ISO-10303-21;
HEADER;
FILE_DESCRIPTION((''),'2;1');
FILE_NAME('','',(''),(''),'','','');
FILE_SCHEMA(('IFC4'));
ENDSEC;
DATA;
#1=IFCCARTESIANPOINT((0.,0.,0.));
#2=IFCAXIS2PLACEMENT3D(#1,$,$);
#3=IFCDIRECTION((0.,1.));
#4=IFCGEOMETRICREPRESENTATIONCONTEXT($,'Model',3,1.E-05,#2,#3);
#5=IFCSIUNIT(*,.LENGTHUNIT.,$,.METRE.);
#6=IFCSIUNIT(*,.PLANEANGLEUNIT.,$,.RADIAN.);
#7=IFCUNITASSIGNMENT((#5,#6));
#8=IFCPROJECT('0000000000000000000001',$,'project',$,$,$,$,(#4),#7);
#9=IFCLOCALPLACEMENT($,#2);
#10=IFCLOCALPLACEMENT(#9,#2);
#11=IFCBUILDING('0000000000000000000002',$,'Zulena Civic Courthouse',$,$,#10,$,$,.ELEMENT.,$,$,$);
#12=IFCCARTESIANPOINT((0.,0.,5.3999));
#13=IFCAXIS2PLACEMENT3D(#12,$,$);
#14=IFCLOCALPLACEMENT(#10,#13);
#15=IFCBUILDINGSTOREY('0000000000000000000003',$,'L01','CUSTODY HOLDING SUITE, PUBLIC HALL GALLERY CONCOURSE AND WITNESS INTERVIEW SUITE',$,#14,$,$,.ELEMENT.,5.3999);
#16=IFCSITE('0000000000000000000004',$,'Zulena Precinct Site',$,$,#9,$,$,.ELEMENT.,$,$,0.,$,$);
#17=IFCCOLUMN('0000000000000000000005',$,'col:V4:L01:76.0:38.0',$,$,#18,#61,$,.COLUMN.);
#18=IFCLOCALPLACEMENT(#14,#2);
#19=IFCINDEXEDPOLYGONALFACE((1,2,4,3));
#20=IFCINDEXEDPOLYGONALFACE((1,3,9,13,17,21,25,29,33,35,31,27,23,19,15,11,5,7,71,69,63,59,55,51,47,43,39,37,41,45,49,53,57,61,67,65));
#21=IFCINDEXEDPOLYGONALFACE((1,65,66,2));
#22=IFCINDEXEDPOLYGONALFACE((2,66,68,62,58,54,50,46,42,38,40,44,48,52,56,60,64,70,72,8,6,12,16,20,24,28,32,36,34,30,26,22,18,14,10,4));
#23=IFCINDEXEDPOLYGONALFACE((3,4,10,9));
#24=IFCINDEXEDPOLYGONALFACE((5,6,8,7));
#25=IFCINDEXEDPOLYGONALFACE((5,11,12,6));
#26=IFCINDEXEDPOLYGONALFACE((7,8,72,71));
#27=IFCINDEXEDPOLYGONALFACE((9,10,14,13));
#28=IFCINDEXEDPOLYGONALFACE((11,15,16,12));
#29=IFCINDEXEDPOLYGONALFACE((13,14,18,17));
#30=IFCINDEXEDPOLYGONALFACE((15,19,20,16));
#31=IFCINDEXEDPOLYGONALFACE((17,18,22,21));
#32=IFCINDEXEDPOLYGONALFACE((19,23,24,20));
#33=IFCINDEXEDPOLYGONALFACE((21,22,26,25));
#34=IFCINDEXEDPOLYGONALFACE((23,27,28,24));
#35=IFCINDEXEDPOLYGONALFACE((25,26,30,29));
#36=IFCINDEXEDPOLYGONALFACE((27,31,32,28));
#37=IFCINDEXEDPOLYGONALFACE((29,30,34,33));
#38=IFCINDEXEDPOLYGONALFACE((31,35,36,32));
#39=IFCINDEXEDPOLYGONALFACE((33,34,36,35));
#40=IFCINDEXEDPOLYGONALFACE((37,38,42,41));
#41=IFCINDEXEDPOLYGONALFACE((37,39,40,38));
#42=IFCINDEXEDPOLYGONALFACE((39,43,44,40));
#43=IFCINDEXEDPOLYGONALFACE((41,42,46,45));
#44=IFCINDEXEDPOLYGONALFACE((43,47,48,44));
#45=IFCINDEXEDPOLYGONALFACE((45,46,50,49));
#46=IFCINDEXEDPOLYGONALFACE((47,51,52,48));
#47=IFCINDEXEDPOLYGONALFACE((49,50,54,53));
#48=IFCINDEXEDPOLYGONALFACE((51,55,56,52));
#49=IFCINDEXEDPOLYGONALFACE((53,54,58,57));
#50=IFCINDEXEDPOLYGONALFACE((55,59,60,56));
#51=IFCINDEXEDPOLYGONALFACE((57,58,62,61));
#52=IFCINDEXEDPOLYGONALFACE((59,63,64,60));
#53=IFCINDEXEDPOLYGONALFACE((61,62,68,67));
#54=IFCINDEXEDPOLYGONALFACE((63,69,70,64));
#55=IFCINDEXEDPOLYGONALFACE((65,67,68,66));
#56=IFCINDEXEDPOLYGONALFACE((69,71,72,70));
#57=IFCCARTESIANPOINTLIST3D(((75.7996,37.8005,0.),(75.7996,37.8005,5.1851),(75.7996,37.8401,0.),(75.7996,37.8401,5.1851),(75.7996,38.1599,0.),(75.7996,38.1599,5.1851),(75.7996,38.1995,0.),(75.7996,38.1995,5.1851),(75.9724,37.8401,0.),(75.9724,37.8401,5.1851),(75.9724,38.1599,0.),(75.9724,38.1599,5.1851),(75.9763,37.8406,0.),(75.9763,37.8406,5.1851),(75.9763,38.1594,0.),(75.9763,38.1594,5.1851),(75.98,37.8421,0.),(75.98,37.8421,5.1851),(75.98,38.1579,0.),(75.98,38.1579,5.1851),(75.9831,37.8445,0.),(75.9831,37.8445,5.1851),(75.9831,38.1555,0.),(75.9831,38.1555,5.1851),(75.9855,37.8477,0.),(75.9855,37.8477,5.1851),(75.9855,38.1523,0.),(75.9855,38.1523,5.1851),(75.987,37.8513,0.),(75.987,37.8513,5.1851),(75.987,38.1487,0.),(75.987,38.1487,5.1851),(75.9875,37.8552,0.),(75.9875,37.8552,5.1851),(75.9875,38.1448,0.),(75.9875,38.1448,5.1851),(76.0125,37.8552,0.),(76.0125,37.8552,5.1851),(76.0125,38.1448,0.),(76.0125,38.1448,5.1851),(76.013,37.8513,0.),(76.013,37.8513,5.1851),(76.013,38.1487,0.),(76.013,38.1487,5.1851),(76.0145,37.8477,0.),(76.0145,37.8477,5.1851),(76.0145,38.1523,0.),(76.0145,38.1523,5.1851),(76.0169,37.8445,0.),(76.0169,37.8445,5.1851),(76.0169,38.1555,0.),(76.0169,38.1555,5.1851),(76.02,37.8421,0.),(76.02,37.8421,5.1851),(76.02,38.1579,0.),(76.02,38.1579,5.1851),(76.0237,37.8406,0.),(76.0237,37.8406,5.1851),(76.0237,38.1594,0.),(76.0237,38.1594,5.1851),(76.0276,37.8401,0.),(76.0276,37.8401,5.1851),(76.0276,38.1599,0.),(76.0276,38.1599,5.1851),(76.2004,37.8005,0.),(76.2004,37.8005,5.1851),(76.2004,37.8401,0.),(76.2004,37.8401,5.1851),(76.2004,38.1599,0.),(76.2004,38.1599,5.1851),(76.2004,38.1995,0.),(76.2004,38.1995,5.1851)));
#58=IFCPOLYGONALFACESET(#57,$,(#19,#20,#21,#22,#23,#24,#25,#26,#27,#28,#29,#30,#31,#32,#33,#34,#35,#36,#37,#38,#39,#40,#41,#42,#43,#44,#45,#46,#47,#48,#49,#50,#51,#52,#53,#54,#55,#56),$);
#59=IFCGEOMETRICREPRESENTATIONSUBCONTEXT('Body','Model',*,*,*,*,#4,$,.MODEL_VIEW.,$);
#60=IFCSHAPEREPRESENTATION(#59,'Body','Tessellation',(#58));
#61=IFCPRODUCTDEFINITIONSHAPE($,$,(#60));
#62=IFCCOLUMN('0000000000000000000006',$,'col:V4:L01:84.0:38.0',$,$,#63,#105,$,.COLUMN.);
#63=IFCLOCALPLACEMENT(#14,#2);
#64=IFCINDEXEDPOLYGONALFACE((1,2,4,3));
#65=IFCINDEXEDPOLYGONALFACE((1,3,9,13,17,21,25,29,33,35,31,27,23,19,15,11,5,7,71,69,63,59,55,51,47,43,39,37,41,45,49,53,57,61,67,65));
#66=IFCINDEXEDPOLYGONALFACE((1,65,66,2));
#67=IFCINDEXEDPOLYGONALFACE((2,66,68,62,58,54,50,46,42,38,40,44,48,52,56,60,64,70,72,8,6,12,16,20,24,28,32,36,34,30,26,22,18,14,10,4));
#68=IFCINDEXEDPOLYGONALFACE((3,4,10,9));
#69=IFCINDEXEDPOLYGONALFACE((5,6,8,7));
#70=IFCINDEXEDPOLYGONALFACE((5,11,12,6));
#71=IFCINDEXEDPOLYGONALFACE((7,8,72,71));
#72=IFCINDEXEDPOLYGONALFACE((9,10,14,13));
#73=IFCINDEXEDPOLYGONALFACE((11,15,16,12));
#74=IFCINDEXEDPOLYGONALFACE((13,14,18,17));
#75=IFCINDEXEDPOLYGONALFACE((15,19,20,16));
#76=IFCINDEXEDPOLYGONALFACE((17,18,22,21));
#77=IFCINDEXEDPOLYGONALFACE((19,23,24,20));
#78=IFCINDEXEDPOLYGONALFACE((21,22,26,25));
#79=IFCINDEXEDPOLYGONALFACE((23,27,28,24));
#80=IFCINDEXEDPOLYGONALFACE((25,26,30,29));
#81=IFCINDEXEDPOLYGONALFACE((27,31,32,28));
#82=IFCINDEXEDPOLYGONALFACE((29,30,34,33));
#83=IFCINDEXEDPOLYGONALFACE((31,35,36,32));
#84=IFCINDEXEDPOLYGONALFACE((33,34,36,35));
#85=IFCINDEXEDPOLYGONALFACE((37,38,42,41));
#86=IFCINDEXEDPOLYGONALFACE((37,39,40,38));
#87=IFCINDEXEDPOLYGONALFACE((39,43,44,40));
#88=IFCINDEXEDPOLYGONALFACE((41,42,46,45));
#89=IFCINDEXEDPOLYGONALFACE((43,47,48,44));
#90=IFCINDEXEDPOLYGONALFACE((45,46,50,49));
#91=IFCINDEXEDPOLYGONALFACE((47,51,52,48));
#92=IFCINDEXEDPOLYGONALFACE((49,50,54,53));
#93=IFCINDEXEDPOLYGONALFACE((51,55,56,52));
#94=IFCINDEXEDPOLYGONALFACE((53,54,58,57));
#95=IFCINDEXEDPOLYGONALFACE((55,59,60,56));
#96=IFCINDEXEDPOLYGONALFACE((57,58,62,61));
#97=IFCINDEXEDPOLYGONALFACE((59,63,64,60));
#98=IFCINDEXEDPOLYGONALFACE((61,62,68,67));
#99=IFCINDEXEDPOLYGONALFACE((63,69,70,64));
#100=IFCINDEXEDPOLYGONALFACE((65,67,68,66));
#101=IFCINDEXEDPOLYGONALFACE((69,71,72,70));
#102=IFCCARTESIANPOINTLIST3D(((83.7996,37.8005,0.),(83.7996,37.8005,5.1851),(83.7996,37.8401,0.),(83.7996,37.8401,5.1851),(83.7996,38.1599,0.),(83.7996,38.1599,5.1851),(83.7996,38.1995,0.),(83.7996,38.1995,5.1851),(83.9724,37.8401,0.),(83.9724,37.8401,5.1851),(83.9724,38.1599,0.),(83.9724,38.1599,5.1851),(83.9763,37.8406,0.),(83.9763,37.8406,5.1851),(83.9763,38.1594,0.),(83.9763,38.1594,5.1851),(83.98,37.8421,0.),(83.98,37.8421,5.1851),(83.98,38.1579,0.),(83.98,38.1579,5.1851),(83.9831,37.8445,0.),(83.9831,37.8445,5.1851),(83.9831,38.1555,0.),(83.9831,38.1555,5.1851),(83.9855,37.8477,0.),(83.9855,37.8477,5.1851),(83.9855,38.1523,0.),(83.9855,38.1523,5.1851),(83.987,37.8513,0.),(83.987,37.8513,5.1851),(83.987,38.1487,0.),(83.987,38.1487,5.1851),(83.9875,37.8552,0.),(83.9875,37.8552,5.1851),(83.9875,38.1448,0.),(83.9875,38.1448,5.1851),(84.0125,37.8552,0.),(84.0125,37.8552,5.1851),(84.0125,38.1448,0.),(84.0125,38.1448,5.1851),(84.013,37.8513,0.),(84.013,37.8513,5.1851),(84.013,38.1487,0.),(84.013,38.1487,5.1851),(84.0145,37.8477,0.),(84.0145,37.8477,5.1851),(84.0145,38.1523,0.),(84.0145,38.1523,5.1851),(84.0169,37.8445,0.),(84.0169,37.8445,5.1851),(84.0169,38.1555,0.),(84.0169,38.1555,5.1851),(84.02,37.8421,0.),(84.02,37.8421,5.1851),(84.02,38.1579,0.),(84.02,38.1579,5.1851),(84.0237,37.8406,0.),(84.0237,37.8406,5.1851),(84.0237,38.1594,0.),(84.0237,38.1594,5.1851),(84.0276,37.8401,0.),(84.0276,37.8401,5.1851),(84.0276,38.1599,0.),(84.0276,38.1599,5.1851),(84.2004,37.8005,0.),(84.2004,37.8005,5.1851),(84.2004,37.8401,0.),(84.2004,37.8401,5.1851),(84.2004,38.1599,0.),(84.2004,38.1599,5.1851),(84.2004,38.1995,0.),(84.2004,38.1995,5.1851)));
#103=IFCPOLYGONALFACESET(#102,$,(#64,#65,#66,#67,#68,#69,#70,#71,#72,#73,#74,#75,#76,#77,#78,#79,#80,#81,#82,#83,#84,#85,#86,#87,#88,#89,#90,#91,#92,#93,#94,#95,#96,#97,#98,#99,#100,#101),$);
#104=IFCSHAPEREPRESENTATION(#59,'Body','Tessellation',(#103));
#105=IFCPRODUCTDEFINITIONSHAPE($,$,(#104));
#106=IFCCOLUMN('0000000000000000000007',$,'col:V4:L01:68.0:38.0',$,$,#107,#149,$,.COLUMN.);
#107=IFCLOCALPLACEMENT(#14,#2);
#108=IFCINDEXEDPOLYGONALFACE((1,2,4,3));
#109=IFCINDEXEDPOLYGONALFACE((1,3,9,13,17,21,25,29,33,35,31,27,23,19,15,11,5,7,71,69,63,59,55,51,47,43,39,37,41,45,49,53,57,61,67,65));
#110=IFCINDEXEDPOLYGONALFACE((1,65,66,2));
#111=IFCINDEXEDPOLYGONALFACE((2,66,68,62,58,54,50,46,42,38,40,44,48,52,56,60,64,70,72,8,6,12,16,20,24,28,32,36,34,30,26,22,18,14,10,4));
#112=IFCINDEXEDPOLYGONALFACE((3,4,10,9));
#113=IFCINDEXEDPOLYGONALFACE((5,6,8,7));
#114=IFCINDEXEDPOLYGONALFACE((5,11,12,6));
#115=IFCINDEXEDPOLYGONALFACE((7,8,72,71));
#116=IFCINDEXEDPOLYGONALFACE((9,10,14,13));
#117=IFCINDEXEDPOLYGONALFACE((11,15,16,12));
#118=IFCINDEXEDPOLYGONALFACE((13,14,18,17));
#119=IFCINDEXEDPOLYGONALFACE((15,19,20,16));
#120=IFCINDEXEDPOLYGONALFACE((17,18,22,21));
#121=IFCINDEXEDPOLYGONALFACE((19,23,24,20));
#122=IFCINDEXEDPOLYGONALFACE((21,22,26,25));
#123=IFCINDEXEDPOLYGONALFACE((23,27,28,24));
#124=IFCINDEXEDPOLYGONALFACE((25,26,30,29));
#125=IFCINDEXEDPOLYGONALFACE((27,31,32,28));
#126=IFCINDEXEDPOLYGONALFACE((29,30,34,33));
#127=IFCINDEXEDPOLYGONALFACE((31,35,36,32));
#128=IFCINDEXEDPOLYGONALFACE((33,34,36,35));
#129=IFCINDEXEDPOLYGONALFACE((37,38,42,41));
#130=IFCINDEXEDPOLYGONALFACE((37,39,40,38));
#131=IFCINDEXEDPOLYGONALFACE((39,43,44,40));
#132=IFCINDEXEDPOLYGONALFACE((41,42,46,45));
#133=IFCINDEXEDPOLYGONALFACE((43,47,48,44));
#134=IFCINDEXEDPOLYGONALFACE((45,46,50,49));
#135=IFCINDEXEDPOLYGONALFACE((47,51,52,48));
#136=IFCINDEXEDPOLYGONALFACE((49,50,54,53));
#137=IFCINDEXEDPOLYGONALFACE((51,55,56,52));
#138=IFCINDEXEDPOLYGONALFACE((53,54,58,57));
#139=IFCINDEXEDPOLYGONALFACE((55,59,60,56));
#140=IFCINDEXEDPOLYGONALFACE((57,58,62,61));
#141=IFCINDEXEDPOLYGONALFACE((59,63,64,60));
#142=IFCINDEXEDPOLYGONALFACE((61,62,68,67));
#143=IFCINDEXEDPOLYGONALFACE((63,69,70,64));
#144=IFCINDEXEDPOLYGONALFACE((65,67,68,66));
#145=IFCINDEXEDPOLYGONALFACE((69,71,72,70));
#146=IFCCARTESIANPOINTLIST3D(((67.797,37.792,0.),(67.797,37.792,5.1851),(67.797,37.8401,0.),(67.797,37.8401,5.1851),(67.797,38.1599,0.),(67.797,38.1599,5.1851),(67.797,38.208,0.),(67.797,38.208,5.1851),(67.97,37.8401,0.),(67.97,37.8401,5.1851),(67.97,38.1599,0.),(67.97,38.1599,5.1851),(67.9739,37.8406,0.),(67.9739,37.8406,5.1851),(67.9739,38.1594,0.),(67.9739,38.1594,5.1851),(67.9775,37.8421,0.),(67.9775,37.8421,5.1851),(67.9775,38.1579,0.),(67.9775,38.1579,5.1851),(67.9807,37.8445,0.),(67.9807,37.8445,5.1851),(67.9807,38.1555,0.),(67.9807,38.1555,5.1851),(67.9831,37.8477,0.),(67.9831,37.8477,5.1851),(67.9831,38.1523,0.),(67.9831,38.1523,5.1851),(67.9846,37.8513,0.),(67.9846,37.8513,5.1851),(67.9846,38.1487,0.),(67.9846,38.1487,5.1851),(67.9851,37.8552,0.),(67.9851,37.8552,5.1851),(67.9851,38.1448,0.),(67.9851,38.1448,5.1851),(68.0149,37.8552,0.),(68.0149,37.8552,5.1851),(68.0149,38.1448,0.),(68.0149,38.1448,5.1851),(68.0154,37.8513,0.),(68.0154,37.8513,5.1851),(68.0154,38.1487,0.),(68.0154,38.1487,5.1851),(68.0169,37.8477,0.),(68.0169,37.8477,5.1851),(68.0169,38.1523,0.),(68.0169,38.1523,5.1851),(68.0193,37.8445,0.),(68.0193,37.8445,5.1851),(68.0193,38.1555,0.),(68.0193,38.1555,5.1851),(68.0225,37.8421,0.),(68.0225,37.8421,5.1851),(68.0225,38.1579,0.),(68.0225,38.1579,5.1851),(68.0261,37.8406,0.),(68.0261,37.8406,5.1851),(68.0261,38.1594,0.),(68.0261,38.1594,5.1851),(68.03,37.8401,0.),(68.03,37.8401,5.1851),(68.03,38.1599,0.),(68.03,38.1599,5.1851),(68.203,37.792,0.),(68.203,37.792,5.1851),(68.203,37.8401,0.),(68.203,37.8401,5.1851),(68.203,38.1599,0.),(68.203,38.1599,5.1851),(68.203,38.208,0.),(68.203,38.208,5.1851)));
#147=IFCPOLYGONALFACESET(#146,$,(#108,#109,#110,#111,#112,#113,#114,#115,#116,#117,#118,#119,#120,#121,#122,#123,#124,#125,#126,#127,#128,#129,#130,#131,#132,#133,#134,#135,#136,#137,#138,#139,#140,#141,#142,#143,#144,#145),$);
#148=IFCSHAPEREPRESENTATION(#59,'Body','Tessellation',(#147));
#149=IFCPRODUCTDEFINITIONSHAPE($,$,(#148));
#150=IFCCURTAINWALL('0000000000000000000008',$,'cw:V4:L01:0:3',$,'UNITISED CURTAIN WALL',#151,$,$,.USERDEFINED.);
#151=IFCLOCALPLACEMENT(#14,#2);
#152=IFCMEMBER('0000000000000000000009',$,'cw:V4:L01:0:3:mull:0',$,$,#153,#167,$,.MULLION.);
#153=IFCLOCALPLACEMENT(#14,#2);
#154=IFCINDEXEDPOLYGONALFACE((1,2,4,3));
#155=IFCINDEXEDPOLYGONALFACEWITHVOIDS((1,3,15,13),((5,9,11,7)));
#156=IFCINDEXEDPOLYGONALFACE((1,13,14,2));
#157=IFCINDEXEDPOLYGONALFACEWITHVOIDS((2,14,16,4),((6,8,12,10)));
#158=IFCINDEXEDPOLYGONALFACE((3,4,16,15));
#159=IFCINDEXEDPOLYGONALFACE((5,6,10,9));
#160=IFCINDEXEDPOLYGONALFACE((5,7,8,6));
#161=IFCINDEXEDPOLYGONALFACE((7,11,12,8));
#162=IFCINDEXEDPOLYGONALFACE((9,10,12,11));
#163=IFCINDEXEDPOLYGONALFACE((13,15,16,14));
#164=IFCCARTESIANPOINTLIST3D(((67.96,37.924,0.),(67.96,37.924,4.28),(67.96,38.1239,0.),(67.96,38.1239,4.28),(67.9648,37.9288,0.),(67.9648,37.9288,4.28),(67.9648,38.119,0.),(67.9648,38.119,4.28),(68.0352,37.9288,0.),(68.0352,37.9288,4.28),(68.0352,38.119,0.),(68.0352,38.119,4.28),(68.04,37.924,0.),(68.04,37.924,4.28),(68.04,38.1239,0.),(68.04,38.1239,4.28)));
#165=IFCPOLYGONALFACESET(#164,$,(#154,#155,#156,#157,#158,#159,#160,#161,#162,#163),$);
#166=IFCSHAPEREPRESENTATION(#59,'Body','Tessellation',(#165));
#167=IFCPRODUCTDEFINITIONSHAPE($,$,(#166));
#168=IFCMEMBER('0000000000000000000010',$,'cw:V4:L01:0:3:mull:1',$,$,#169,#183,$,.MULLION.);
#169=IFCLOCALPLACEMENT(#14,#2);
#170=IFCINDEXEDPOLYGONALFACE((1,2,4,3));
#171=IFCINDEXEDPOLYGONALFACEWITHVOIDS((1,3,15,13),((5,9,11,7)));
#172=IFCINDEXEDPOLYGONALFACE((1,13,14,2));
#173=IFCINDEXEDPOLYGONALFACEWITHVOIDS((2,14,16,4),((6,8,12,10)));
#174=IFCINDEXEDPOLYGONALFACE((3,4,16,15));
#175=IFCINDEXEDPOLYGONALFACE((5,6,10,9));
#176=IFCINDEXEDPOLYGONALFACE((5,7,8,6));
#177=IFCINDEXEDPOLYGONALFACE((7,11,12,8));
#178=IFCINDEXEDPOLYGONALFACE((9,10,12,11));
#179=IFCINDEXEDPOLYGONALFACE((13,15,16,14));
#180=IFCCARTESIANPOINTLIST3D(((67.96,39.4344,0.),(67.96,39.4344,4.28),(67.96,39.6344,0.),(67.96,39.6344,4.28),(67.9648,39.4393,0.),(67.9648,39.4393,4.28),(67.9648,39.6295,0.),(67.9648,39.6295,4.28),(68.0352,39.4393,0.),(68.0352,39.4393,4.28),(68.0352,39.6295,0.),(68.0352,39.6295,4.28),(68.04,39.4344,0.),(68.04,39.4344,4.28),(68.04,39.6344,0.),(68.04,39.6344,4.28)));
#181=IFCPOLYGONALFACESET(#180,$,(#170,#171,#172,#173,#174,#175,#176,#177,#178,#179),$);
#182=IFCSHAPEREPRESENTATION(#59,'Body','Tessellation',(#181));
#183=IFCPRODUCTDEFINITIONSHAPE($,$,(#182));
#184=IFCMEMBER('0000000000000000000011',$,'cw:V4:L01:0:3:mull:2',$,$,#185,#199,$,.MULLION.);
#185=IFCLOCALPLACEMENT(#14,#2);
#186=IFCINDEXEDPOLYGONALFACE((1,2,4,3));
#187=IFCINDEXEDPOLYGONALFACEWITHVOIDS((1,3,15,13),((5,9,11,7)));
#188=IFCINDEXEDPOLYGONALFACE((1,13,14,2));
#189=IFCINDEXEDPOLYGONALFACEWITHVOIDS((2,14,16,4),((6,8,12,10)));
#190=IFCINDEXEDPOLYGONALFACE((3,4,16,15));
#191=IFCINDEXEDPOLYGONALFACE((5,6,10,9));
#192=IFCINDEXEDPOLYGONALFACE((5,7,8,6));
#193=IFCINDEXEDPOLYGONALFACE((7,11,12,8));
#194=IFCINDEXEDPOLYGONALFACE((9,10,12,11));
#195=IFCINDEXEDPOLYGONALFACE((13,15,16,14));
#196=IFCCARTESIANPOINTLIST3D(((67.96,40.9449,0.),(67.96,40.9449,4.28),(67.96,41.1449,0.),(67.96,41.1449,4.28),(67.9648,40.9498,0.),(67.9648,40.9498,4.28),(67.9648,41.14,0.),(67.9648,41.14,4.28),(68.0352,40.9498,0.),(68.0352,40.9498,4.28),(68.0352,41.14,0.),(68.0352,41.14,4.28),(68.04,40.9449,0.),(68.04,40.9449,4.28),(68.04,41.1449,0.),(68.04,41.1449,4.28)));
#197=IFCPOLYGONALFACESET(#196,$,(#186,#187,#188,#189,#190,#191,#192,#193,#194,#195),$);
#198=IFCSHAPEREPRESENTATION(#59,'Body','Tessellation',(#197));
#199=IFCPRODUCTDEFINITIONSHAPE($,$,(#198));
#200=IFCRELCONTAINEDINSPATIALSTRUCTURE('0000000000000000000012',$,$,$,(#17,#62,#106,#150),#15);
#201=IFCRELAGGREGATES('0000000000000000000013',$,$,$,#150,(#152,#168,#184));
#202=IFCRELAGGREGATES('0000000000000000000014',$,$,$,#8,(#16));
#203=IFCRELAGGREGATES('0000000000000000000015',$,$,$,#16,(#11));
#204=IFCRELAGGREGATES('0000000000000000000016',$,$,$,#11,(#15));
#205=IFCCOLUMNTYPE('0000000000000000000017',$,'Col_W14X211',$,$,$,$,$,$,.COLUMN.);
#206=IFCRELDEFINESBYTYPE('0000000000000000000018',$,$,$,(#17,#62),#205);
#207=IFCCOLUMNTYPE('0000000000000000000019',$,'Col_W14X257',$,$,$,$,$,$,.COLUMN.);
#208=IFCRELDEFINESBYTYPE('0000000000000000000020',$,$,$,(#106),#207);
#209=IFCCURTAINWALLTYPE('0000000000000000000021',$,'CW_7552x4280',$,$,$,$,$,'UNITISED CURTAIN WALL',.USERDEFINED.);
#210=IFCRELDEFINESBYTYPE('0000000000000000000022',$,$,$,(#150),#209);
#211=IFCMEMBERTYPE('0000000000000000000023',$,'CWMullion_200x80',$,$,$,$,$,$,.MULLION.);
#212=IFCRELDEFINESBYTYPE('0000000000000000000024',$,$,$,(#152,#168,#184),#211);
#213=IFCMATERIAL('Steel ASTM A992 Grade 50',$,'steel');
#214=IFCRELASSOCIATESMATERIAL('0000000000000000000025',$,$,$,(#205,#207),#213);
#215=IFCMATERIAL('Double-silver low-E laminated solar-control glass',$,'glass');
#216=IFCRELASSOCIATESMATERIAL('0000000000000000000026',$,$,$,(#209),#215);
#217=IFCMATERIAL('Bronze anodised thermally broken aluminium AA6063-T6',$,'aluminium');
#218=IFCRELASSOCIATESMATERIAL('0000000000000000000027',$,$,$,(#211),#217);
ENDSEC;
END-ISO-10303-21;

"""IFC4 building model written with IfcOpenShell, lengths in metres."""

from ifc_helpers import new_model, si_unit, direction, frame, origin, origin_2d, place, context, subcontext, project, spatial, hollow_rectangle, i_section, extrude, material, material_profile, profile_set, type_object, element, aggregate, save


model = new_model("IFC4")

# Units and contexts
model_context = context("Model", 3, precision=1e-05, world=origin(), true_north=direction((0.0, 1.0)))
body_context = subcontext(model_context, "Body", "Model", "MODEL_VIEW")
ifc_project = project(units=[si_unit("LENGTHUNIT", "METRE"), si_unit("PLANEANGLEUNIT", "RADIAN")], contexts=[model_context])

# Site, building, storey
site_placement = place(None, origin())
site = spatial("IfcSite", under=ifc_project, at=site_placement, Name="Zulena Precinct Site", CompositionType="ELEMENT", RefElevation=0.0)
building_placement = place(site_placement, origin())
building = spatial("IfcBuilding", under=site, at=building_placement, Name="Zulena Civic Courthouse", CompositionType="ELEMENT")
storey_placement = place(building_placement, frame((0.0, 0.0, 5.3999)))
storey = spatial("IfcBuildingStorey", under=building, at=storey_placement, Name="L01", Description="CUSTODY HOLDING SUITE, PUBLIC HALL GALLERY CONCOURSE AND WITNESS INTERVIEW SUITE", CompositionType="ELEMENT", Elevation=5.3999)

# Columns
ifc_material_1 = material(Name="Steel ASTM A992 Grade 50", Category="steel")
ifc_material_profile_1 = material_profile(ifc_material_1, i_section(OverallWidth=0.4009, OverallDepth=0.3989, WebThickness=0.0249, FlangeThickness=0.0396, FilletRadius=0.0151, at=origin_2d()), Name="W14X211")
ifc_profile_set_1 = profile_set([ifc_material_profile_1], Name="Steel ASTM A992 Grade 50")
column_type_1 = type_object("IfcColumnType", Name="Col_W14X211", PredefinedType="COLUMN", material=ifc_profile_set_1)
for number, where, z_axis, x_axis, name in (
    (1, (76.0, 38.0, 0.0), (0.0, 0.0, 1.0), (1.0, 0.0, 0.0), "col:V4:L01:76.0:38.0"),
    (2, (84.0, 38.0, 0.0), (0.0, 0.0, 1.0), (1.0, 0.0, 0.0), "col:V4:L01:84.0:38.0"),
):
    element("IfcColumn", number, at=place(storey_placement, frame(where, z_axis=z_axis, x_axis=x_axis)), inside=storey, type_object=column_type_1, Name=name, PredefinedType="COLUMN", context=body_context, shape_type="SweptSolid", body=[
        extrude(i_section(OverallWidth=0.4009, OverallDepth=0.3989, WebThickness=0.0249, FlangeThickness=0.0396, FilletRadius=0.0151, at=origin_2d()), origin(), (0.0, 0.0, 1.0), 5.1851),
    ])
ifc_material_profile_2 = material_profile(ifc_material_1, i_section(OverallWidth=0.406, OverallDepth=0.416, WebThickness=0.0298, FlangeThickness=0.0481, FilletRadius=0.0151, at=origin_2d()), Name="W14X257")
ifc_profile_set_2 = profile_set([ifc_material_profile_2], Name="Steel ASTM A992 Grade 50")
column_type_2 = type_object("IfcColumnType", Name="Col_W14X257", PredefinedType="COLUMN", material=ifc_profile_set_2)
column_placement = place(storey_placement, frame((68.0, 38.0, 0.0), z_axis=(0.0, 0.0, 1.0), x_axis=(1.0, 0.0, 0.0)))
element("IfcColumn", 3, at=column_placement, inside=storey, type_object=column_type_2, Name="col:V4:L01:68.0:38.0", PredefinedType="COLUMN", context=body_context, shape_type="SweptSolid", body=[
    extrude(i_section(OverallWidth=0.406, OverallDepth=0.416, WebThickness=0.0298, FlangeThickness=0.0481, FilletRadius=0.0151, at=origin_2d()), origin(), (0.0, 0.0, 1.0), 5.1851),
])

# Curtain wall, members
ifc_material_2 = material(Name="Double-silver low-E laminated solar-control glass", Category="glass")
curtain_wall_type = type_object("IfcCurtainWallType", Name="CW_7552x4280", ElementType="UNITISED CURTAIN WALL", PredefinedType="USERDEFINED", material=ifc_material_2)
curtain_wall_placement = place(storey_placement, origin())
curtain_wall = element("IfcCurtainWall", 4, at=curtain_wall_placement, inside=storey, type_object=curtain_wall_type, Name="cw:V4:L01:0:3", ObjectType="UNITISED CURTAIN WALL", PredefinedType="USERDEFINED")
ifc_material_3 = material(Name="Bronze anodised thermally broken aluminium AA6063-T6", Category="aluminium")
ifc_material_profile_3 = material_profile(ifc_material_3, hollow_rectangle(XDim=0.0801, YDim=0.2, WallThickness=0.0049, at=origin_2d()), Name="CWM200X80X5")
ifc_profile_set_3 = profile_set([ifc_material_profile_3], Name="Bronze anodised thermally broken aluminium AA6063-T6")
member_type_1 = type_object("IfcMemberType", Name="CWMullion_200x80", PredefinedType="MULLION", material=ifc_profile_set_3)
member_1_placement = place(storey_placement, frame((68.0, 38.0239, 0.0), z_axis=(0.0, 0.0, 1.0), x_axis=(1.0, 0.0, 0.0)))
member_1 = element("IfcMember", 5, at=member_1_placement, type_object=member_type_1, Name="cw:V4:L01:0:3:mull:0", PredefinedType="MULLION", context=body_context, shape_type="SweptSolid", body=[
    extrude(hollow_rectangle(XDim=0.0801, YDim=0.2, WallThickness=0.0049, at=origin_2d()), origin(), (0.0, 0.0, 1.0), 4.28),
])
member_2_placement = place(storey_placement, frame((68.0, 39.5344, 0.0), z_axis=(0.0, 0.0, 1.0), x_axis=(1.0, 0.0, 0.0)))
member_2 = element("IfcMember", 6, at=member_2_placement, type_object=member_type_1, Name="cw:V4:L01:0:3:mull:1", PredefinedType="MULLION", context=body_context, shape_type="SweptSolid", body=[
    extrude(hollow_rectangle(XDim=0.0801, YDim=0.2, WallThickness=0.0049, at=origin_2d()), origin(), (0.0, 0.0, 1.0), 4.28),
])
member_3_placement = place(storey_placement, frame((68.0, 41.0449, 0.0), z_axis=(0.0, 0.0, 1.0), x_axis=(1.0, 0.0, 0.0)))
member_3 = element("IfcMember", 7, at=member_3_placement, type_object=member_type_1, Name="cw:V4:L01:0:3:mull:2", PredefinedType="MULLION", context=body_context, shape_type="SweptSolid", body=[
    extrude(hollow_rectangle(XDim=0.0801, YDim=0.2, WallThickness=0.0049, at=origin_2d()), origin(), (0.0, 0.0, 1.0), 4.28),
])

aggregate(curtain_wall, [member_1, member_2, member_3])

save(model, "model.ifc")
